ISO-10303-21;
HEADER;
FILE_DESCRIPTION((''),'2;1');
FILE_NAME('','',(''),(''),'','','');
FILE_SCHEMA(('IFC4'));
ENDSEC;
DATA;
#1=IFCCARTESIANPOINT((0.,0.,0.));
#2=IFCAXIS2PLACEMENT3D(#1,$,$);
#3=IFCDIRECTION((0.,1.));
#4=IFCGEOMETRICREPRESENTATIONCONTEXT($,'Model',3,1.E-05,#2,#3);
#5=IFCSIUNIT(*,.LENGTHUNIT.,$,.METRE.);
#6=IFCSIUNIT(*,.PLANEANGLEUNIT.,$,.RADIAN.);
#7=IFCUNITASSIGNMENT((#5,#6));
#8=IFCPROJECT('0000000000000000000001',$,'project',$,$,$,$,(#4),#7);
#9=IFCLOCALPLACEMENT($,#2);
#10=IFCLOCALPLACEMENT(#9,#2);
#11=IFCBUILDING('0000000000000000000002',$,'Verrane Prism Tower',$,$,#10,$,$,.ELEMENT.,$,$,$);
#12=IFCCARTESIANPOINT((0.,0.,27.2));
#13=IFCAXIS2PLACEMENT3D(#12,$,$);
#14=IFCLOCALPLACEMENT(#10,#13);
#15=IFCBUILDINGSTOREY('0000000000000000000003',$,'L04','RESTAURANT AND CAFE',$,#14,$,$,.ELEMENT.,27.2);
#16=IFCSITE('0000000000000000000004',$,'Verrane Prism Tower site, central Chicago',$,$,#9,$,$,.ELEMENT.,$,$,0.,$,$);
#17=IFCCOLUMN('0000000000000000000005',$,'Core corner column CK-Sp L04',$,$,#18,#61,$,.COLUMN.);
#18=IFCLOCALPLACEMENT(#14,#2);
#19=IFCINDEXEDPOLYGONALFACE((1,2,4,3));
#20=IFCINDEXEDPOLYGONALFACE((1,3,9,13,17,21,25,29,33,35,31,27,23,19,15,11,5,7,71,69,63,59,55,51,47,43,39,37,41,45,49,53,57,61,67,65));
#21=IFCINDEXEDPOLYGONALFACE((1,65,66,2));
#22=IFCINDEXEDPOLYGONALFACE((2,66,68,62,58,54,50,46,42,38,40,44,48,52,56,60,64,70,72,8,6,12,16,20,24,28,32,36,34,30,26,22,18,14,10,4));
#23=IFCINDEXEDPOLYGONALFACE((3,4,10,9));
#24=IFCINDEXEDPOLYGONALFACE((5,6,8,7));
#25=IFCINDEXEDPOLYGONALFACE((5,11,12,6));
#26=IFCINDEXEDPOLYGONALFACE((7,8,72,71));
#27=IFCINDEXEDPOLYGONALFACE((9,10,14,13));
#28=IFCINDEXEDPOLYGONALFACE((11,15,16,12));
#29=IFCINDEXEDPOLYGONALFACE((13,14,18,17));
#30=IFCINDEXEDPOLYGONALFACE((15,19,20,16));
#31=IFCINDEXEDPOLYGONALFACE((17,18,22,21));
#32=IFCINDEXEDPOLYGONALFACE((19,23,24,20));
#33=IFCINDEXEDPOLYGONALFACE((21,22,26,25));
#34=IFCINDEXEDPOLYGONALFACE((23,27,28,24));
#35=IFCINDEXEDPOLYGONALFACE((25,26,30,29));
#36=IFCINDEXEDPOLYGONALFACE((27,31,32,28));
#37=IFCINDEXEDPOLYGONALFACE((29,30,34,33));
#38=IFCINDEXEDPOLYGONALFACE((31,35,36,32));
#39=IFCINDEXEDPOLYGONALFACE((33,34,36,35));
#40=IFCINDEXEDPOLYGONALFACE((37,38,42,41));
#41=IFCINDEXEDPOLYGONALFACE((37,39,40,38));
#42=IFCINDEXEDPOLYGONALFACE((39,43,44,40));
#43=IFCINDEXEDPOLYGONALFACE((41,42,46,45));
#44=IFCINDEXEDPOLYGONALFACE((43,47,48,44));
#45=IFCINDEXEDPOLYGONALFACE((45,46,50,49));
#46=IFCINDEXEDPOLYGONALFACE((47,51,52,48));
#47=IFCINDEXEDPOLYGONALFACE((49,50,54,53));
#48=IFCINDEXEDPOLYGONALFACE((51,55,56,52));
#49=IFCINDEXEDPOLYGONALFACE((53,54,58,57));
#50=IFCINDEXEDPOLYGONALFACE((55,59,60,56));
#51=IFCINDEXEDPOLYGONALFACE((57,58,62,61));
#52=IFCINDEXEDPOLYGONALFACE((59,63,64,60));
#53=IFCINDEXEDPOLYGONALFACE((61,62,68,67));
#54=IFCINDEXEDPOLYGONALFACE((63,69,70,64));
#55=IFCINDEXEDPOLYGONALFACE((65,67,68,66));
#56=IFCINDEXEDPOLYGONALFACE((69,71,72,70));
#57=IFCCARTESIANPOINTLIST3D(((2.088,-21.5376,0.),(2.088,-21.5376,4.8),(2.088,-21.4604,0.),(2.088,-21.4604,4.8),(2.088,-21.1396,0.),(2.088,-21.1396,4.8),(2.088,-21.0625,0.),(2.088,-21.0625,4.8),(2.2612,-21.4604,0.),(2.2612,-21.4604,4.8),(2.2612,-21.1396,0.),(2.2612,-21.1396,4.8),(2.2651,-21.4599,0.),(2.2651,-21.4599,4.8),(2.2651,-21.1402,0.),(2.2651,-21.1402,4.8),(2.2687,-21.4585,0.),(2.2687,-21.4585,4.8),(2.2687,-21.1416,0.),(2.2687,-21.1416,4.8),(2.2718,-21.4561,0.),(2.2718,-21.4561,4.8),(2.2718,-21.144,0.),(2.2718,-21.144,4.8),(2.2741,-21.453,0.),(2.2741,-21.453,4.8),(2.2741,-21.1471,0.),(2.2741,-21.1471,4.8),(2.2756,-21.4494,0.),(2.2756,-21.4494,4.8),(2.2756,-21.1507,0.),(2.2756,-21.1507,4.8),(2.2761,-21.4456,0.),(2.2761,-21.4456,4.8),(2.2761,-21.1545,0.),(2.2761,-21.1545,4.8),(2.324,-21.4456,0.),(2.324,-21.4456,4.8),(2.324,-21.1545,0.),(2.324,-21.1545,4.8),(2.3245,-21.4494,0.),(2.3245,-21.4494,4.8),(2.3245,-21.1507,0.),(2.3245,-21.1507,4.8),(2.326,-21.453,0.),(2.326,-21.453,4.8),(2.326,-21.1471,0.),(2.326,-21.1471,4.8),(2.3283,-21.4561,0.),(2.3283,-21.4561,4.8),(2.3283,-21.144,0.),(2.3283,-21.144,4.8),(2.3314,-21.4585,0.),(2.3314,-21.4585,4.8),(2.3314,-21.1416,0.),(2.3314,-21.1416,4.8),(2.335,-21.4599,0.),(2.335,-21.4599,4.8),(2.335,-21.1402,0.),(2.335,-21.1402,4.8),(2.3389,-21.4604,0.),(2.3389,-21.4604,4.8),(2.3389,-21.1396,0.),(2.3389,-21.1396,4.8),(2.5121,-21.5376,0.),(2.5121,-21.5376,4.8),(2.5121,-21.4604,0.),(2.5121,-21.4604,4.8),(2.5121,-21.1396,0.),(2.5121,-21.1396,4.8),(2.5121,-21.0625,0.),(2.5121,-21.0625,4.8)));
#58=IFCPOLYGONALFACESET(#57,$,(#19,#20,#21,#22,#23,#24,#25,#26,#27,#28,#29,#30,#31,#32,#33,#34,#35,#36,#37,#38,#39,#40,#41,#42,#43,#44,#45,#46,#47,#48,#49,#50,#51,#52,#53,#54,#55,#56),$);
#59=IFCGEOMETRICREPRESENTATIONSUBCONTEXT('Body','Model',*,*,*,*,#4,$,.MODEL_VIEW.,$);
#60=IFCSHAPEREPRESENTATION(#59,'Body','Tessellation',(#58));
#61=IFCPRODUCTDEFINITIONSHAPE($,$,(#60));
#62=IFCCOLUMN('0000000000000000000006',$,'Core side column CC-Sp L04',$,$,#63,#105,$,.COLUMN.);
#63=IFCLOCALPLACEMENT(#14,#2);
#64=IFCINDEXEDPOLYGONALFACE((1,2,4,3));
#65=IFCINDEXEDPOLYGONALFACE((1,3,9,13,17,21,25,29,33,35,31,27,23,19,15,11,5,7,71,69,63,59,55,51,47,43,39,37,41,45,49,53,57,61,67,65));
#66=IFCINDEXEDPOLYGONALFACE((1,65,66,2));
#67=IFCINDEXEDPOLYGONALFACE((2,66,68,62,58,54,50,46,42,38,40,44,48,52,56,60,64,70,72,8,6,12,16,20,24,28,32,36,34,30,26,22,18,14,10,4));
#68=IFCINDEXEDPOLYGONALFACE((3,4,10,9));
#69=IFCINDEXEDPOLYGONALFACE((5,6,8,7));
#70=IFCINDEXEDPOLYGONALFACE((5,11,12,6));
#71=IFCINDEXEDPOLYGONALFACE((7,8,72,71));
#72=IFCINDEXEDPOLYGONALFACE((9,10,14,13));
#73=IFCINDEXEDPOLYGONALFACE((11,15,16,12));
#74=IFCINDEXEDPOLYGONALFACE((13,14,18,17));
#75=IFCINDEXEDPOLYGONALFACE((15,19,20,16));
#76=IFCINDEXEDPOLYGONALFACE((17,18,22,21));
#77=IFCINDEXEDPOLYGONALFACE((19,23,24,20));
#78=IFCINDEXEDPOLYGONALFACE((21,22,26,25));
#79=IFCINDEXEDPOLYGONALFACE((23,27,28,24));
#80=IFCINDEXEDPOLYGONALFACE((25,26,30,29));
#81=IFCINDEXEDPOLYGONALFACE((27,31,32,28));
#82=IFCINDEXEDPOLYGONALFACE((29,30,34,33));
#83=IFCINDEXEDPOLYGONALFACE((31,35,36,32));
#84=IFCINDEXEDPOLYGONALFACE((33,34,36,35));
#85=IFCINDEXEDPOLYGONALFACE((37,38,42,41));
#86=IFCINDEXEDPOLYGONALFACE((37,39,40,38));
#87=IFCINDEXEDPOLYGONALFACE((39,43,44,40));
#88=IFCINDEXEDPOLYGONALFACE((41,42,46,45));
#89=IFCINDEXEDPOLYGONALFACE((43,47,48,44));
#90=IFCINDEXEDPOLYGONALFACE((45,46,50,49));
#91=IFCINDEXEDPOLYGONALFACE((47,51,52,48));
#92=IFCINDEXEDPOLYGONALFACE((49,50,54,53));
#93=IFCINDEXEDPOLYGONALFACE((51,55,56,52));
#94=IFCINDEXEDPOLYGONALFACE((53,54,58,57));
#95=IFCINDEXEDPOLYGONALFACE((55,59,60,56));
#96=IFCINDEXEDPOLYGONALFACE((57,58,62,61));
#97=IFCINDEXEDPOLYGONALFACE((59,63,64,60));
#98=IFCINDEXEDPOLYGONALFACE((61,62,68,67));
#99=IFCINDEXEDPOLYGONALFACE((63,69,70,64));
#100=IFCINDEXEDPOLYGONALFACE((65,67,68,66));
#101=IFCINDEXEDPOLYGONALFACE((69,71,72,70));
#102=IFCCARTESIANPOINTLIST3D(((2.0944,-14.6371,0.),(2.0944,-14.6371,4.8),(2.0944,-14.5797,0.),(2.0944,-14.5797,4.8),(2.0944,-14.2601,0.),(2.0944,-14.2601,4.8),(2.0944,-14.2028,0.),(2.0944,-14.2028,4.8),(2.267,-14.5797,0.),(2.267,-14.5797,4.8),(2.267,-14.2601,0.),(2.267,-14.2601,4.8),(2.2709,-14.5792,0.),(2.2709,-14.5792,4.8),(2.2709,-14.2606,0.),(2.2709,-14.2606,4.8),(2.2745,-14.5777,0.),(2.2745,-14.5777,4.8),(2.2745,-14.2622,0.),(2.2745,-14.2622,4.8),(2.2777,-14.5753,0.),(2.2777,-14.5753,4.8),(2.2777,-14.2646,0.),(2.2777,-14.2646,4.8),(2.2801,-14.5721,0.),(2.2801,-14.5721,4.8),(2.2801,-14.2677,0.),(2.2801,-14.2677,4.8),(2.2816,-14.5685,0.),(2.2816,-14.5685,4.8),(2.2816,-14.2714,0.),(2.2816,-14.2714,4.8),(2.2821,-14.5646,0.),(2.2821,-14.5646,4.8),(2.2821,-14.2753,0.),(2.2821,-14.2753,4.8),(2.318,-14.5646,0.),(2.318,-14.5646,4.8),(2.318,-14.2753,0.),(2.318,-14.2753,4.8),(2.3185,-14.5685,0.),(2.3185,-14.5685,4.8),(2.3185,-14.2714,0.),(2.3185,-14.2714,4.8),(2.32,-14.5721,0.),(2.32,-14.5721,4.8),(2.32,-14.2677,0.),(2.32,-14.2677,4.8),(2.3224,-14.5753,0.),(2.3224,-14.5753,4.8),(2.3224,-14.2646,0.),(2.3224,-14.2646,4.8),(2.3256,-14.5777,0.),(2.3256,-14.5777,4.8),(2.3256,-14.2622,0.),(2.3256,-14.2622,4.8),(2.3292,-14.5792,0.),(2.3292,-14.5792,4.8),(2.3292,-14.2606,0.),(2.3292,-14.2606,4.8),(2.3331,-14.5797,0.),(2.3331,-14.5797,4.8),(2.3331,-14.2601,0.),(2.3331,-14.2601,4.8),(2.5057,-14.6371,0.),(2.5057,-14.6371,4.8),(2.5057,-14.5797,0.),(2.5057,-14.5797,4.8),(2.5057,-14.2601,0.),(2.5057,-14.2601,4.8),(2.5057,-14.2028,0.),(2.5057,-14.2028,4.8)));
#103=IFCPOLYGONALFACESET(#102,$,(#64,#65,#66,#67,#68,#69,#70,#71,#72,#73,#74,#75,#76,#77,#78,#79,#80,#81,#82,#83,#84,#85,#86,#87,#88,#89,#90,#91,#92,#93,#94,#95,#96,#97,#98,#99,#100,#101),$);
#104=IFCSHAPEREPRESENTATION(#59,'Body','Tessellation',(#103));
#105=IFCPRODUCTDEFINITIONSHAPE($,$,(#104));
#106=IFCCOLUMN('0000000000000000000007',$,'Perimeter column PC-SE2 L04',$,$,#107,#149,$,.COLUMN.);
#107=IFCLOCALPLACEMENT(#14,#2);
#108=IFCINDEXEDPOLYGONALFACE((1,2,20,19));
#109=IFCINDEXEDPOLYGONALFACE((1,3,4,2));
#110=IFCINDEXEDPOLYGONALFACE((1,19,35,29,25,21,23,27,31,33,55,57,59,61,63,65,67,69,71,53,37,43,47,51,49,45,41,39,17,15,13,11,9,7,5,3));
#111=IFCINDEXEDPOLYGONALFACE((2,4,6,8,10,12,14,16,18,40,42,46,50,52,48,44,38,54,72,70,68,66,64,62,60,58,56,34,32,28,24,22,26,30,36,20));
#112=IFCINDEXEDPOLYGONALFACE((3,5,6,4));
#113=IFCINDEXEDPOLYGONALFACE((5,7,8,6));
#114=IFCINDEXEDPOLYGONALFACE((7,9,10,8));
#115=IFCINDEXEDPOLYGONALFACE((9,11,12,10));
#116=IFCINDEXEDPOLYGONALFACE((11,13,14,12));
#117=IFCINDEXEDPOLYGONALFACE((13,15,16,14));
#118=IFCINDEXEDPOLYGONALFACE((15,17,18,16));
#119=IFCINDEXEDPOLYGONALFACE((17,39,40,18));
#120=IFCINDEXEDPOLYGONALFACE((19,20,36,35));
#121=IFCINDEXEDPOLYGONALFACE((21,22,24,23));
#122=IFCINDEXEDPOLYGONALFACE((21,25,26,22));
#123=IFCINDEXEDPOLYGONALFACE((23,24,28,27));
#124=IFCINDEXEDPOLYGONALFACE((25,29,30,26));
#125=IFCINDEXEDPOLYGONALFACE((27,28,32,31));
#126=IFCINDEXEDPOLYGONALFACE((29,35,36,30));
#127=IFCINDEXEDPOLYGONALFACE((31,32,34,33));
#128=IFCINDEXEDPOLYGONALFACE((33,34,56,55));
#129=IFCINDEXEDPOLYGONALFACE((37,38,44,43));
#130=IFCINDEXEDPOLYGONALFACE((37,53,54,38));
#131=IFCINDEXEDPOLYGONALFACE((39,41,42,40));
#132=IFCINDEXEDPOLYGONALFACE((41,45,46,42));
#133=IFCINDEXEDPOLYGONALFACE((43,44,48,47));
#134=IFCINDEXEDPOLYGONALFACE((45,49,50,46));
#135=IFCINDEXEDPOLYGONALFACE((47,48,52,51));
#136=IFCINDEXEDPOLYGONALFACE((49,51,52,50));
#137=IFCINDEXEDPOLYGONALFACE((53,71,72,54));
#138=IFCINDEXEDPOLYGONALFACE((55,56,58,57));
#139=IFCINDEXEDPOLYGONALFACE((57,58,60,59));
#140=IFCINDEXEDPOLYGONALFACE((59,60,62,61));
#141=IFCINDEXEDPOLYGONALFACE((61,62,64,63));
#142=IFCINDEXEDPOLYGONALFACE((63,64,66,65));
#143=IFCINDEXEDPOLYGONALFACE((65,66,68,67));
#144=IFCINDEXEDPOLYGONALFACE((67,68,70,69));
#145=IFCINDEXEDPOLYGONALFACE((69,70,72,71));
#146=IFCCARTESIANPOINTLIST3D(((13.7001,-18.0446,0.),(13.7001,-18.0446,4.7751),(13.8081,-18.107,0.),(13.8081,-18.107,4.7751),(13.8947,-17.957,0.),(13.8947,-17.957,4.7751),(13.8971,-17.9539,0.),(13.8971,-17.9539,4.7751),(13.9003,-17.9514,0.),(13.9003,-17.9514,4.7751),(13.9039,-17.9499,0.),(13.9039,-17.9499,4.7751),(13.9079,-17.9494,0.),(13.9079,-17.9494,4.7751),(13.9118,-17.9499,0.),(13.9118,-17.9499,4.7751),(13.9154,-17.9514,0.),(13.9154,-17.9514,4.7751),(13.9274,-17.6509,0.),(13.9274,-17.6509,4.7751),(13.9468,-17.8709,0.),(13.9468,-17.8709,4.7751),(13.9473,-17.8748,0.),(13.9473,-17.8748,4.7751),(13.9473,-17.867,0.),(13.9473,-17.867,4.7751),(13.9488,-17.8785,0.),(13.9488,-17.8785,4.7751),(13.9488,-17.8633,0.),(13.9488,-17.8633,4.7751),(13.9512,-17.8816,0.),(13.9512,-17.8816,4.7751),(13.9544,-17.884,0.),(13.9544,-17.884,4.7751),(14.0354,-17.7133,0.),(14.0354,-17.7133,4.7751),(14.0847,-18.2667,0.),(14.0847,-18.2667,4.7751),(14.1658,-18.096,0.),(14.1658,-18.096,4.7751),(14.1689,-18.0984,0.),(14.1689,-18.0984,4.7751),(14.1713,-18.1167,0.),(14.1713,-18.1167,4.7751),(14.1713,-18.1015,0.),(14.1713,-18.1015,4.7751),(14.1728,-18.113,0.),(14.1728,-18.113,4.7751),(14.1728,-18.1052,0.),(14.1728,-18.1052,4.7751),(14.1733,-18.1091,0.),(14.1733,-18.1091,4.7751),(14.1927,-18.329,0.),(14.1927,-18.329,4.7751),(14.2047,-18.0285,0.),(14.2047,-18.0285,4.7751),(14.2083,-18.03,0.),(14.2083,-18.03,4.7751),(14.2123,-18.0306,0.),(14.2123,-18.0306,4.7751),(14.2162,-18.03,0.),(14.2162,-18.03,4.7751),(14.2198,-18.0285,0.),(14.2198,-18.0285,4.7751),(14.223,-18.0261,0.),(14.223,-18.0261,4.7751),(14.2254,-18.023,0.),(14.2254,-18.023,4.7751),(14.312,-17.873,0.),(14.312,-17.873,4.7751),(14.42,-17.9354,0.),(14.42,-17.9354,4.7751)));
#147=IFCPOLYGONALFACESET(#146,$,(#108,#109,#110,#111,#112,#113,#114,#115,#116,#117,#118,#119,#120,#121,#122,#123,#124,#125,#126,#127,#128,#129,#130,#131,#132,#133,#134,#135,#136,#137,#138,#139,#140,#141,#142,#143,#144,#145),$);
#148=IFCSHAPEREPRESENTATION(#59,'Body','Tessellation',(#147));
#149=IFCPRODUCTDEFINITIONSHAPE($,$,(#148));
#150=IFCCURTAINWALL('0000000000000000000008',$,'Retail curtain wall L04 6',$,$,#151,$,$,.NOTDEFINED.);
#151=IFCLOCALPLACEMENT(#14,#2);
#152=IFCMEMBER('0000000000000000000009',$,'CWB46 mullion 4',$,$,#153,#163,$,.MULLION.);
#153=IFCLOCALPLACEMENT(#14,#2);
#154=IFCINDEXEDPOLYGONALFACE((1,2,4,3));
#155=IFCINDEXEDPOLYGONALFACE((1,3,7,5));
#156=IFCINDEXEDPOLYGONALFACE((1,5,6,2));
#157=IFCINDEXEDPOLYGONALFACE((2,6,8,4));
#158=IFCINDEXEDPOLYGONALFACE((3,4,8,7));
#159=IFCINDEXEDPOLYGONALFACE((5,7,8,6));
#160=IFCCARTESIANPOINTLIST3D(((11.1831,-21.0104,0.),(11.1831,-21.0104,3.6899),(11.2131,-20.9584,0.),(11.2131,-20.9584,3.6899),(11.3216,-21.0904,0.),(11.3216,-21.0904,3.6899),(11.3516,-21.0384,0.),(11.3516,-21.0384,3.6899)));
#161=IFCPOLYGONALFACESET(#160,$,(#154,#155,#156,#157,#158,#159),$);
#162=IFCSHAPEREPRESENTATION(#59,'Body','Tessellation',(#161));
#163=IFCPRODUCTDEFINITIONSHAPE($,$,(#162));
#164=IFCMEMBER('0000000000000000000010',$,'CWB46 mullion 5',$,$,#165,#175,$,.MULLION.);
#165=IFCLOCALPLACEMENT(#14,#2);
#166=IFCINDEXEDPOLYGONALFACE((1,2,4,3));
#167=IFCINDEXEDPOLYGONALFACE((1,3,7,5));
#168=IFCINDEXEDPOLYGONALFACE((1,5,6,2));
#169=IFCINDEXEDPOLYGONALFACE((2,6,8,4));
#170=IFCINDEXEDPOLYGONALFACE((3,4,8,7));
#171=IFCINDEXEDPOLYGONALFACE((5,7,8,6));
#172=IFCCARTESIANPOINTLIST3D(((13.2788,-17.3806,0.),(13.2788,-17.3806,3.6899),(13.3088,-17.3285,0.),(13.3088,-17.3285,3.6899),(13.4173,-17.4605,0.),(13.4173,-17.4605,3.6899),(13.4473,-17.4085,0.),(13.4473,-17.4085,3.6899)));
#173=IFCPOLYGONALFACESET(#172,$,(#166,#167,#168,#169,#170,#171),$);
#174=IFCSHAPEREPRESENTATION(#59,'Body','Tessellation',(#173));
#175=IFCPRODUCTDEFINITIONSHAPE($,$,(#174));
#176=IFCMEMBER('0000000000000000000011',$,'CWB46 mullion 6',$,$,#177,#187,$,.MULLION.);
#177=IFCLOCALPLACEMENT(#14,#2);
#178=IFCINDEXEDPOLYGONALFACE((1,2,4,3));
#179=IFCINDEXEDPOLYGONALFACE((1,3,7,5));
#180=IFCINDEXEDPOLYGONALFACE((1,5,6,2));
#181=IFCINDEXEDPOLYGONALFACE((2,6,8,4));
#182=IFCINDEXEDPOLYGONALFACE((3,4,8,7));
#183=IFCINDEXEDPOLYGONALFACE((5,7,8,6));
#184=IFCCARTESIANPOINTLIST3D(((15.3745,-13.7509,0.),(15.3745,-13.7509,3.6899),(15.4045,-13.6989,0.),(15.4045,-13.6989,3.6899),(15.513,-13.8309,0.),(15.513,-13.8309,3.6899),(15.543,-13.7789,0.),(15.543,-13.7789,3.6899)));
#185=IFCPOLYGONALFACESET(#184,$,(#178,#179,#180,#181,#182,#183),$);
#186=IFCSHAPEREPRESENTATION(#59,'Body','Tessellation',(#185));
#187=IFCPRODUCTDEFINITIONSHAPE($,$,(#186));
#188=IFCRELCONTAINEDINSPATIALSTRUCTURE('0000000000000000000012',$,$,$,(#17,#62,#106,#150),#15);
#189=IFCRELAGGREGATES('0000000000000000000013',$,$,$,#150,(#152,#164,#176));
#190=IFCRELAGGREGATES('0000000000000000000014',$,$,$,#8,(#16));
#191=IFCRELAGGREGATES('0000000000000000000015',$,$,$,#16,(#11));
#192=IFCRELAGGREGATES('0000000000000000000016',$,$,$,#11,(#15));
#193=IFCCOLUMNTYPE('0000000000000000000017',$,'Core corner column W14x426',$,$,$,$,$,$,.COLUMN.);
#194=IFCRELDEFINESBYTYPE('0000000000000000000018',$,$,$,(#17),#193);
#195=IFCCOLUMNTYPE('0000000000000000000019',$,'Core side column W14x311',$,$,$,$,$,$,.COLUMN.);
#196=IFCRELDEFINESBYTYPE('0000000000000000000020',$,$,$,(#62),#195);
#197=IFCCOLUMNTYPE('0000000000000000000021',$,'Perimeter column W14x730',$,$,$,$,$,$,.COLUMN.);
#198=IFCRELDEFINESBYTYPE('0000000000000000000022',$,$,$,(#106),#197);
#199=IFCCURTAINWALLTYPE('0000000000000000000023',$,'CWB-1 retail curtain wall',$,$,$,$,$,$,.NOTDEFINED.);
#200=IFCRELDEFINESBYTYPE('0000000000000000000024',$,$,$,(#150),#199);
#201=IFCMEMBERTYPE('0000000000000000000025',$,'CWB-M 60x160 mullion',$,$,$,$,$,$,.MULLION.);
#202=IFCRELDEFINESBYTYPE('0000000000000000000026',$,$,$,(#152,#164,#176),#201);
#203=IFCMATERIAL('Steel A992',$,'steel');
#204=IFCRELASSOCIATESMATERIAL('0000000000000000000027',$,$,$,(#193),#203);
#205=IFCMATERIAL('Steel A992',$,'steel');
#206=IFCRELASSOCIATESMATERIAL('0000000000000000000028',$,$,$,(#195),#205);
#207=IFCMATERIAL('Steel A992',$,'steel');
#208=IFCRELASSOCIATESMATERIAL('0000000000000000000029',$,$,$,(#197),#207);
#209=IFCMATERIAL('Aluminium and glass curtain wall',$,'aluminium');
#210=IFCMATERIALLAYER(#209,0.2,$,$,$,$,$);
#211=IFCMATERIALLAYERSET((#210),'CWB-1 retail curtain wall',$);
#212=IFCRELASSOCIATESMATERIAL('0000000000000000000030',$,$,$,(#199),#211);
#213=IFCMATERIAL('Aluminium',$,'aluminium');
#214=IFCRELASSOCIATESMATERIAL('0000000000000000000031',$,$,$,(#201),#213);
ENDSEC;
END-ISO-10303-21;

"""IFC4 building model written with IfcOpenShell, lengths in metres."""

from ifc_helpers import new_model, si_unit, direction, frame, origin, origin_2d, place, context, subcontext, project, spatial, rectangle, i_section, extrude, material, layer, layer_set, material_profile, profile_set, type_object, element, aggregate, save


model = new_model("IFC4")

# Units and contexts
model_context = context("Model", 3, precision=1e-05, world=origin(), true_north=direction((0.0, 1.0)))
body_context = subcontext(model_context, "Body", "Model", "MODEL_VIEW")
ifc_project = project(units=[si_unit("LENGTHUNIT", "METRE"), si_unit("PLANEANGLEUNIT", "RADIAN")], contexts=[model_context])

# Site, building, storey
site_placement = place(None, origin())
site = spatial("IfcSite", under=ifc_project, at=site_placement, Name="Verrane Prism Tower site, central Chicago", CompositionType="ELEMENT", RefElevation=0.0)
building_placement = place(site_placement, origin())
building = spatial("IfcBuilding", under=site, at=building_placement, Name="Verrane Prism Tower", CompositionType="ELEMENT")
storey_placement = place(building_placement, frame((0.0, 0.0, 27.2)))
storey = spatial("IfcBuildingStorey", under=building, at=storey_placement, Name="L04", Description="RESTAURANT AND CAFE", CompositionType="ELEMENT", Elevation=27.2)

# Columns
ifc_material_1 = material(Name="Steel A992", Category="steel")
ifc_material_profile_1 = material_profile(ifc_material_1, i_section(OverallWidth=0.4241, OverallDepth=0.4751, WebThickness=0.0479, FlangeThickness=0.0771, FilletRadius=0.0149, at=origin_2d()), Name="W14x426")
ifc_profile_set_1 = profile_set([ifc_material_profile_1], Name="Steel A992")
column_type_1 = type_object("IfcColumnType", Name="Core corner column W14x426", PredefinedType="COLUMN", material=ifc_profile_set_1)
column_1_placement = place(storey_placement, frame((2.3, -21.3, 0.0), z_axis=(0.0, 0.0, 1.0), x_axis=(-1.0, 0.0, 0.0)))
element("IfcColumn", 1, at=column_1_placement, inside=storey, type_object=column_type_1, Name="Core corner column CK-Sp L04", PredefinedType="COLUMN", context=body_context, shape_type="SweptSolid", body=[
    extrude(i_section(OverallWidth=0.4241, OverallDepth=0.4751, WebThickness=0.0479, FlangeThickness=0.0771, FilletRadius=0.0149, at=origin_2d()), origin(), (0.0, 0.0, 1.0), 4.8),
])
ifc_material_2 = material(Name="Steel A992", Category="steel")
ifc_material_profile_2 = material_profile(ifc_material_2, i_section(OverallWidth=0.4114, OverallDepth=0.4343, WebThickness=0.0359, FlangeThickness=0.0574, FilletRadius=0.0151, at=origin_2d()), Name="W14x311")
ifc_profile_set_2 = profile_set([ifc_material_profile_2], Name="Steel A992")
column_type_2 = type_object("IfcColumnType", Name="Core side column W14x311", PredefinedType="COLUMN", material=ifc_profile_set_2)
column_2_placement = place(storey_placement, frame((2.3, -14.4199, 0.0), z_axis=(0.0, 0.0, 1.0), x_axis=(1.0, 0.0, 0.0)))
element("IfcColumn", 2, at=column_2_placement, inside=storey, type_object=column_type_2, Name="Core side column CC-Sp L04", PredefinedType="COLUMN", context=body_context, shape_type="SweptSolid", body=[
    extrude(i_section(OverallWidth=0.4114, OverallDepth=0.4343, WebThickness=0.0359, FlangeThickness=0.0574, FilletRadius=0.0151, at=origin_2d()), origin(), (0.0, 0.0, 1.0), 4.8),
])
ifc_material_3 = material(Name="Steel A992", Category="steel")
ifc_material_profile_3 = material_profile(ifc_material_3, i_section(OverallWidth=0.4546, OverallDepth=0.5688, WebThickness=0.0779, FlangeThickness=0.1248, FilletRadius=0.0151, at=origin_2d()), Name="W14x730")
ifc_profile_set_3 = profile_set([ifc_material_profile_3], Name="Steel A992")
column_type_3 = type_object("IfcColumnType", Name="Perimeter column W14x730", PredefinedType="COLUMN", material=ifc_profile_set_3)
column_3_placement = place(storey_placement, frame((14.0601, -17.99, 0.0), z_axis=(0.0, 0.0, 1.0), x_axis=(-0.5, -0.866025, 0.0)))
element("IfcColumn", 3, at=column_3_placement, inside=storey, type_object=column_type_3, Name="Perimeter column PC-SE2 L04", PredefinedType="COLUMN", context=body_context, shape_type="SweptSolid", body=[
    extrude(i_section(OverallWidth=0.4546, OverallDepth=0.5688, WebThickness=0.0779, FlangeThickness=0.1248, FilletRadius=0.0151, at=origin_2d()), origin(), (0.0, 0.0, 1.0), 4.7751),
])

# Curtain wall, members
ifc_material_4 = material(Name="Aluminium and glass curtain wall", Category="aluminium")
ifc_layer_1 = layer(ifc_material_4, 0.2)
ifc_layer_set_1 = layer_set([ifc_layer_1], Name="CWB-1 retail curtain wall")
curtain_wall_type = type_object("IfcCurtainWallType", Name="CWB-1 retail curtain wall", PredefinedType="NOTDEFINED", material=ifc_layer_set_1)
curtain_wall_placement = place(storey_placement, origin())
curtain_wall = element("IfcCurtainWall", 4, at=curtain_wall_placement, inside=storey, type_object=curtain_wall_type, Name="Retail curtain wall L04 6", PredefinedType="NOTDEFINED")
ifc_material_5 = material(Name="Aluminium", Category="aluminium")
ifc_material_profile_4 = material_profile(ifc_material_5, rectangle(XDim=0.1599, YDim=0.0601, at=origin_2d()), Name="CWB-M 60x160 mullion")
ifc_profile_set_4 = profile_set([ifc_material_profile_4], Name="Aluminium")
member_type_1 = type_object("IfcMemberType", Name="CWB-M 60x160 mullion", PredefinedType="MULLION", material=ifc_profile_set_4)
member_1_placement = place(storey_placement, frame((11.2673, -21.0244, 0.0), z_axis=(0.0, 0.0, 1.0), x_axis=(-0.866025, 0.5, 0.0)))
member_1 = element("IfcMember", 5, at=member_1_placement, type_object=member_type_1, Name="CWB46 mullion 4", PredefinedType="MULLION", context=body_context, shape_type="SweptSolid", body=[
    extrude(rectangle(XDim=0.1599, YDim=0.0601, at=origin_2d()), origin(), (0.0, 0.0, 1.0), 3.6899),
])
member_2_placement = place(storey_placement, frame((13.363, -17.3945, 0.0), z_axis=(0.0, 0.0, 1.0), x_axis=(-0.866025, 0.5, 0.0)))
member_2 = element("IfcMember", 6, at=member_2_placement, type_object=member_type_1, Name="CWB46 mullion 5", PredefinedType="MULLION", context=body_context, shape_type="SweptSolid", body=[
    extrude(rectangle(XDim=0.1599, YDim=0.0601, at=origin_2d()), origin(), (0.0, 0.0, 1.0), 3.6899),
])
member_3_placement = place(storey_placement, frame((15.4587, -13.7649, 0.0), z_axis=(0.0, 0.0, 1.0), x_axis=(-0.866025, 0.5, 0.0)))
member_3 = element("IfcMember", 7, at=member_3_placement, type_object=member_type_1, Name="CWB46 mullion 6", PredefinedType="MULLION", context=body_context, shape_type="SweptSolid", body=[
    extrude(rectangle(XDim=0.1599, YDim=0.0601, at=origin_2d()), origin(), (0.0, 0.0, 1.0), 3.6899),
])

aggregate(curtain_wall, [member_1, member_2, member_3])

save(model, "model.ifc")
